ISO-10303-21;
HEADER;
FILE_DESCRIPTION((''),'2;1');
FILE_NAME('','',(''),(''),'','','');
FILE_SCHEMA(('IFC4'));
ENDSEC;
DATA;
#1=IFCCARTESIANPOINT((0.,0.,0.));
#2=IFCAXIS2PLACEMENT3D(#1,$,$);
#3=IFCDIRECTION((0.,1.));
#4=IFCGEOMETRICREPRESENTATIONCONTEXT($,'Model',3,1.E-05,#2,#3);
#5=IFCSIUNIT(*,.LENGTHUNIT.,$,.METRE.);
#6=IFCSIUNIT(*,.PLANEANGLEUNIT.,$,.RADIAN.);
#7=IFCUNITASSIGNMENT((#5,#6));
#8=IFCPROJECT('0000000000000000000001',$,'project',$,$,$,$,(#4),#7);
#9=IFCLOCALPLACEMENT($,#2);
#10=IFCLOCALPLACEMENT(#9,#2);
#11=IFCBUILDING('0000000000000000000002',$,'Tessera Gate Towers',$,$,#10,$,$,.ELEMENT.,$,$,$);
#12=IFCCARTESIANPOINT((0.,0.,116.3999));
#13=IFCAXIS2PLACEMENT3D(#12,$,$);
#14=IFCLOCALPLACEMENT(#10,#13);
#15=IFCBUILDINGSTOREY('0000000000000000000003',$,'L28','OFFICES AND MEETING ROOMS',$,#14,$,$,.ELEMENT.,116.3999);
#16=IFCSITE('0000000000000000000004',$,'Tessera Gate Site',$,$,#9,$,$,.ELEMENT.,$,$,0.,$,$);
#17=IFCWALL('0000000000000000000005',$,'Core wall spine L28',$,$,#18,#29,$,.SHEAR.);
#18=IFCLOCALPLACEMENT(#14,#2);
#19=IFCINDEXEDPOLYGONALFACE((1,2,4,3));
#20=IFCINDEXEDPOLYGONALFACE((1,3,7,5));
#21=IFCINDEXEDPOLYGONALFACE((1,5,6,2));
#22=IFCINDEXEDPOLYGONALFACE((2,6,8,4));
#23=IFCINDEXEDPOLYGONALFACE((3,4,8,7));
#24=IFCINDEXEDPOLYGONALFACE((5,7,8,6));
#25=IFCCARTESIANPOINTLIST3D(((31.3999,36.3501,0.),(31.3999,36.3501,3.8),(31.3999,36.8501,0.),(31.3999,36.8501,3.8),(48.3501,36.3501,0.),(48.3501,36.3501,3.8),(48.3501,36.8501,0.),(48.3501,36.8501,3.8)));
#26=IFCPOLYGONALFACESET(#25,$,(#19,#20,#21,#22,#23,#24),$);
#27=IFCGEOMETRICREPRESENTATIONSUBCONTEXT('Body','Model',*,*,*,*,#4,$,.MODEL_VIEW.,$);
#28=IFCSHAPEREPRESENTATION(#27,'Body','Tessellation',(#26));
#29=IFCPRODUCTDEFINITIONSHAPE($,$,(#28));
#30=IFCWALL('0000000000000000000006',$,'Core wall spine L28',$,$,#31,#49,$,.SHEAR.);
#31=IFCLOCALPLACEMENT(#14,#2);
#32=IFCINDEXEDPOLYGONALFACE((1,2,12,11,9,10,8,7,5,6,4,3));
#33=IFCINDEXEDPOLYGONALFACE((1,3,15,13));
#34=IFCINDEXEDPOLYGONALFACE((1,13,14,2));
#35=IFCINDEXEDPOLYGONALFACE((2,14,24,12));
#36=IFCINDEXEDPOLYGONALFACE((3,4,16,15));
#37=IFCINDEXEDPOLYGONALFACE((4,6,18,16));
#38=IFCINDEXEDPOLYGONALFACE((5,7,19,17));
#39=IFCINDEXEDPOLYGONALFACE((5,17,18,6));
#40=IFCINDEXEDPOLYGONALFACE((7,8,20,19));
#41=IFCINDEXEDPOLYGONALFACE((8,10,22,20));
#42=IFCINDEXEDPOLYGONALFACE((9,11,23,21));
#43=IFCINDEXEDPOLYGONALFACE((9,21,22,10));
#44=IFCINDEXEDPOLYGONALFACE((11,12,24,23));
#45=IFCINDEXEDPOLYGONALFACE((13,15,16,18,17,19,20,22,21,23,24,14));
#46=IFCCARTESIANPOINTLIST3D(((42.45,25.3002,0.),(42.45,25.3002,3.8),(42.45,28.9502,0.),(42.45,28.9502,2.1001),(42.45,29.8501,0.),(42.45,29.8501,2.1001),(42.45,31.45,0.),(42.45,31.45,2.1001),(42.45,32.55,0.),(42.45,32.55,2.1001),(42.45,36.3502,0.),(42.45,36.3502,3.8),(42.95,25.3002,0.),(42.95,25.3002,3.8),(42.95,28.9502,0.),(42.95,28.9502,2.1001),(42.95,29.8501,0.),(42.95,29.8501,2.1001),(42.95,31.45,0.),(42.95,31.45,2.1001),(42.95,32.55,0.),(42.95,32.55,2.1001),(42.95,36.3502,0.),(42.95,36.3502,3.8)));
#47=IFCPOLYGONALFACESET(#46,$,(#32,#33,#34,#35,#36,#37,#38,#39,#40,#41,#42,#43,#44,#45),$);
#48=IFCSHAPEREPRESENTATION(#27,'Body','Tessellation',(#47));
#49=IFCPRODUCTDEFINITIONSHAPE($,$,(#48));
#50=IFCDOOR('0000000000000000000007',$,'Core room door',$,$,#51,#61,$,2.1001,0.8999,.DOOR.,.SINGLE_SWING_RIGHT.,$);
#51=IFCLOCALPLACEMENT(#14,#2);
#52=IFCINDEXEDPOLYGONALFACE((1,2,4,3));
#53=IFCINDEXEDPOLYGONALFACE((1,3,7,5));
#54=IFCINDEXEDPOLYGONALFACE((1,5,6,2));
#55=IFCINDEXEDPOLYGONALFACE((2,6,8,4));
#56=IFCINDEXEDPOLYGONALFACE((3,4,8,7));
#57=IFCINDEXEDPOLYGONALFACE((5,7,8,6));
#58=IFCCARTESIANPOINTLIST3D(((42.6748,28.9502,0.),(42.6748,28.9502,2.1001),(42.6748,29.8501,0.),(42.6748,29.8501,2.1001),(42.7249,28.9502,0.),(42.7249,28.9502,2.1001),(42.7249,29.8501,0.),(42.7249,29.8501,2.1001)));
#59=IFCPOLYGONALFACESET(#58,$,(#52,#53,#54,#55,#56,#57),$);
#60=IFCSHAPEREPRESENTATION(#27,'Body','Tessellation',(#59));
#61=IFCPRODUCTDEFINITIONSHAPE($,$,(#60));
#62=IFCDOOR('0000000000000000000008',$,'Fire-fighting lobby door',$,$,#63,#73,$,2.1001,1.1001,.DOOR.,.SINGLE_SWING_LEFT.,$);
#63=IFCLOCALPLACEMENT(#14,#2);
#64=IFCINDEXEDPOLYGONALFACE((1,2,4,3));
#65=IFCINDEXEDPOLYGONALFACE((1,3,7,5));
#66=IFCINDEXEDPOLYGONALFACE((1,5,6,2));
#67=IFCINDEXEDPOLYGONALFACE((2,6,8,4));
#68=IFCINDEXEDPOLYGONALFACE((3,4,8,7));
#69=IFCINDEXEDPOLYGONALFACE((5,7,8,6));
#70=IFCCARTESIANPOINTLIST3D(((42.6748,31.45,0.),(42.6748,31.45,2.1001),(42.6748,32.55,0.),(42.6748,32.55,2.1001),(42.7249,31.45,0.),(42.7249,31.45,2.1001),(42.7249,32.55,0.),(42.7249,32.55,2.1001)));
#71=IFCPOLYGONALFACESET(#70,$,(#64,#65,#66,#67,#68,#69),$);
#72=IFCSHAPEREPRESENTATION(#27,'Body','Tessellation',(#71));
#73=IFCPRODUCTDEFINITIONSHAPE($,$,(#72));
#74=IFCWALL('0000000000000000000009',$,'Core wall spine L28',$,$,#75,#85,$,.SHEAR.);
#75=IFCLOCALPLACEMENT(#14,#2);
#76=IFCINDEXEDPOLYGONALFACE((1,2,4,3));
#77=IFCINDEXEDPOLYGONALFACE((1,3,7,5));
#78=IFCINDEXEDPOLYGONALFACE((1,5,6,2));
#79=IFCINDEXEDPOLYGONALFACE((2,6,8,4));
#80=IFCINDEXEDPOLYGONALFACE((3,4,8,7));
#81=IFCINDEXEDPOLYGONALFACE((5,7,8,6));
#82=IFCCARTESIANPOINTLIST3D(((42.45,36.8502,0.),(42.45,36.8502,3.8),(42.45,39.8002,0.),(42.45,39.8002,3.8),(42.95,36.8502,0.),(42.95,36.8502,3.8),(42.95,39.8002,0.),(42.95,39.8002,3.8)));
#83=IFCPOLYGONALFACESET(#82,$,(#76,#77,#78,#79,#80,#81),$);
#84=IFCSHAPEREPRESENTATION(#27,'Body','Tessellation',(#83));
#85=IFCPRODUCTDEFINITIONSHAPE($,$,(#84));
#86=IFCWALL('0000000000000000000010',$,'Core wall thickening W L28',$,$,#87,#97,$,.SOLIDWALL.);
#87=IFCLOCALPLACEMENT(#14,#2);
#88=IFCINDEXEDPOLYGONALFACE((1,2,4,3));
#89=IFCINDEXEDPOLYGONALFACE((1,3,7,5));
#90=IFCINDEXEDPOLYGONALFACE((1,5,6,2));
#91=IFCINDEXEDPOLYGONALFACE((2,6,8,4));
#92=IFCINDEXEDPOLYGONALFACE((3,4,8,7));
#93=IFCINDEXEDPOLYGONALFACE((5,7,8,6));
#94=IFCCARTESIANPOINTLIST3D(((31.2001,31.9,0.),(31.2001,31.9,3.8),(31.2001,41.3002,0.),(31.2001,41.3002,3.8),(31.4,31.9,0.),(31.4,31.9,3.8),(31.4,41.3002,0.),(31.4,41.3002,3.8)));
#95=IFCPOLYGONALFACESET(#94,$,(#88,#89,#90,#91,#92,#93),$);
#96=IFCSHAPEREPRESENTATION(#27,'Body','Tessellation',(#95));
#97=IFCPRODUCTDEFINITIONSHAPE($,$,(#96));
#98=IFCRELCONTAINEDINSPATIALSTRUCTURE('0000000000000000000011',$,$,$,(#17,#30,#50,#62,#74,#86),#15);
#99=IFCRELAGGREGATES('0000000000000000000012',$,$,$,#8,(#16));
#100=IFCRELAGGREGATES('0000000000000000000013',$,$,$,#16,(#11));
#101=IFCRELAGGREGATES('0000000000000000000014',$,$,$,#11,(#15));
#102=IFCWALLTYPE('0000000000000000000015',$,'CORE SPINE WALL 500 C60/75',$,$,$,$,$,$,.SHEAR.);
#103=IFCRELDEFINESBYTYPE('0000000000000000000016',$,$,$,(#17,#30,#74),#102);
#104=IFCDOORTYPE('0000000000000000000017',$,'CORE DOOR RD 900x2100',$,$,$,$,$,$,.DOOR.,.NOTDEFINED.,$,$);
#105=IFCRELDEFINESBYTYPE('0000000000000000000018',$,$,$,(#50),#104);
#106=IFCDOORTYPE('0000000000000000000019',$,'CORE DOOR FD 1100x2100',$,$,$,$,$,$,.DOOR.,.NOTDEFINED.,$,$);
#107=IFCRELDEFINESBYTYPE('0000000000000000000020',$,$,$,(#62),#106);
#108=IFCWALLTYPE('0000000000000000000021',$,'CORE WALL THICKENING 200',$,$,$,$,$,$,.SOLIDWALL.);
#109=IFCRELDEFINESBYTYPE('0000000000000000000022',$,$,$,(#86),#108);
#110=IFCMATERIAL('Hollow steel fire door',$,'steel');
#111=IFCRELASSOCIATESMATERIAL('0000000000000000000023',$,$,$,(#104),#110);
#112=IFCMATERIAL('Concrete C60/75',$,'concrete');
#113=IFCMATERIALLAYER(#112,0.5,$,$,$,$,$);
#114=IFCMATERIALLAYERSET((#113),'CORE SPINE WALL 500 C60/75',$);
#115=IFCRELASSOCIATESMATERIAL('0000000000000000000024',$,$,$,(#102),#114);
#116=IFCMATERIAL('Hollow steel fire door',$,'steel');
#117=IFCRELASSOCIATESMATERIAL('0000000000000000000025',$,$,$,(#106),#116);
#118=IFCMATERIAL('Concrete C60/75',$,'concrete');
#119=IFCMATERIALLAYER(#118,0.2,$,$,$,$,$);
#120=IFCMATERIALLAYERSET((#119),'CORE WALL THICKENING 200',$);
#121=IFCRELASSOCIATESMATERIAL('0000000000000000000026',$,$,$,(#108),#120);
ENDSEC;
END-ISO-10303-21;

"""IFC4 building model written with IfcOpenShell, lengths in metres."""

from ifc_helpers import new_model, si_unit, direction, frame, frame_2d, origin, place, context, subcontext, project, spatial, rectangle, extrude, source, transform, mapped, material, layer, layer_set, type_object, element, fill, save


model = new_model("IFC4")

# Units and contexts
model_context = context("Model", 3, precision=1e-05, world=origin(), true_north=direction((0.0, 1.0)))
body_context = subcontext(model_context, "Body", "Model", "MODEL_VIEW")
ifc_project = project(units=[si_unit("LENGTHUNIT", "METRE"), si_unit("PLANEANGLEUNIT", "RADIAN")], contexts=[model_context])

# Site, building, storey
site_placement = place(None, origin())
site = spatial("IfcSite", under=ifc_project, at=site_placement, Name="Tessera Gate Site", CompositionType="ELEMENT", RefElevation=0.0)
building_placement = place(site_placement, origin())
building = spatial("IfcBuilding", under=site, at=building_placement, Name="Tessera Gate Towers", CompositionType="ELEMENT")
storey_placement = place(building_placement, frame((0.0, 0.0, 116.3999)))
storey = spatial("IfcBuildingStorey", under=building, at=storey_placement, Name="L28", Description="OFFICES AND MEETING ROOMS", CompositionType="ELEMENT", Elevation=116.3999)

# Shared definitions
shared_shape_1 = source(origin(), body_context, "Body", "SweptSolid", [
    extrude(rectangle(XDim=1.1001, YDim=2.1001, at=frame_2d((0.55, 1.05))), frame((0.0, 0.0249, 0.0), z_axis=(0.0, -1.0, 0.0), x_axis=(1.0, 0.0, 0.0)), (0.0, 0.0, 1.0), 0.05),
])

# Shared definitions
ifc_material_1 = material(Name="Hollow steel fire door", Category="steel")
door_type_1 = type_object("IfcDoorType", Name="CORE DOOR RD 900x2100", OperationType="NOTDEFINED", PredefinedType="DOOR", material=ifc_material_1)
shared_shape_2 = source(origin(), body_context, "Body", "SweptSolid", [
    extrude(rectangle(XDim=0.8999, YDim=2.1001, at=frame_2d((0.45, 1.05))), frame((0.0, 0.0249, 0.0), z_axis=(0.0, -1.0, 0.0), x_axis=(1.0, 0.0, 0.0)), (0.0, 0.0, 1.0), 0.05),
])

# Wall
ifc_material_2 = material(Name="Concrete C60/75", Category="concrete")
ifc_layer_1 = layer(ifc_material_2, 0.5)
ifc_layer_set_1 = layer_set([ifc_layer_1], Name="CORE SPINE WALL 500 C60/75")
wall_type_1 = type_object("IfcWallType", Name="CORE SPINE WALL 500 C60/75", PredefinedType="SHEAR", material=ifc_layer_set_1)
wall_1_placement = place(storey_placement, frame((31.3999, 36.6001, 0.0), z_axis=(0.0, 0.0, 1.0), x_axis=(1.0, 0.0, 0.0)))
element("IfcWall", 1, at=wall_1_placement, inside=storey, type_object=wall_type_1, Name="Core wall spine L28", PredefinedType="SHEAR", context=body_context, shape_type="SweptSolid", body=[
    extrude(rectangle(XDim=16.9502, YDim=0.5, at=frame_2d((8.4751, 0.0))), origin(), (0.0, 0.0, 1.0), 3.8),
])

# Wall, openings, doors
wall_2_placement = place(storey_placement, frame((42.7, 36.3501, 0.0), z_axis=(0.0, 0.0, 1.0), x_axis=(0.0, -1.0, 0.0)))
wall_2 = element("IfcWall", 2, at=wall_2_placement, inside=storey, type_object=wall_type_1, Name="Core wall spine L28", PredefinedType="SHEAR", context=body_context, shape_type="SweptSolid", body=[
    extrude(rectangle(XDim=11.05, YDim=0.5, at=frame_2d((5.5249, 0.0))), origin(), (0.0, 0.0, 1.0), 3.8),
])
shared_shape_3 = source(origin(), body_context, "Body", "SweptSolid", [
    extrude(rectangle(XDim=0.8999, YDim=2.1001, at=frame_2d((0.45, 1.05))), frame((0.0, 0.26, 0.0), z_axis=(0.0, -1.0, 0.0), x_axis=(1.0, 0.0, 0.0)), (0.0, 0.0, 1.0), 0.52),
])
opening_1_placement = place(wall_2_placement, frame((6.5, 0.0, 0.0)))
opening_1 = element("IfcOpeningElement", 3, at=opening_1_placement, cuts=wall_2, PredefinedType="OPENING", context=body_context, shape_type="MappedRepresentation", body=[
    mapped(shared_shape_3, transform((0.0, 0.0, 0.0), scale=1.0)),
])
shared_shape_4 = source(origin(), body_context, "Body", "SweptSolid", [
    extrude(rectangle(XDim=1.1001, YDim=2.1001, at=frame_2d((0.55, 1.05))), frame((0.0, 0.26, 0.0), z_axis=(0.0, -1.0, 0.0), x_axis=(1.0, 0.0, 0.0)), (0.0, 0.0, 1.0), 0.52),
])
opening_2_placement = place(wall_2_placement, frame((3.8, 0.0, 0.0)))
opening_2 = element("IfcOpeningElement", 4, at=opening_2_placement, cuts=wall_2, PredefinedType="OPENING", context=body_context, shape_type="MappedRepresentation", body=[
    mapped(shared_shape_4, transform((0.0, 0.0, 0.0), scale=1.0)),
])
door_1_placement = place(opening_1_placement, origin())
door_1 = element("IfcDoor", 5, at=door_1_placement, inside=storey, type_object=door_type_1, Name="Core room door", OperationType="SINGLE_SWING_RIGHT", OverallHeight=2.1001, OverallWidth=0.8999, PredefinedType="DOOR", context=body_context, shape_type="MappedRepresentation", body=[
    mapped(shared_shape_2, transform((0.0, 0.0, 0.0), scale=1.0)),
])
fill(opening_1, door_1)
ifc_material_3 = material(Name="Hollow steel fire door", Category="steel")
door_type_2 = type_object("IfcDoorType", Name="CORE DOOR FD 1100x2100", OperationType="NOTDEFINED", PredefinedType="DOOR", material=ifc_material_3)
door_2_placement = place(opening_2_placement, origin())
door_2 = element("IfcDoor", 6, at=door_2_placement, inside=storey, type_object=door_type_2, Name="Fire-fighting lobby door", OperationType="SINGLE_SWING_LEFT", OverallHeight=2.1001, OverallWidth=1.1001, PredefinedType="DOOR", context=body_context, shape_type="MappedRepresentation", body=[
    mapped(shared_shape_1, transform((0.0, 0.0, 0.0), scale=1.0)),
])
fill(opening_2, door_2)

# Walls
wall_3_placement = place(storey_placement, frame((42.7, 36.8501, 0.0), z_axis=(0.0, 0.0, 1.0), x_axis=(0.0, 1.0, 0.0)))
element("IfcWall", 7, at=wall_3_placement, inside=storey, type_object=wall_type_1, Name="Core wall spine L28", PredefinedType="SHEAR", context=body_context, shape_type="SweptSolid", body=[
    extrude(rectangle(XDim=2.95, YDim=0.5, at=frame_2d((1.4751, 0.0))), origin(), (0.0, 0.0, 1.0), 3.8),
])
ifc_material_4 = material(Name="Concrete C60/75", Category="concrete")
ifc_layer_2 = layer(ifc_material_4, 0.2)
ifc_layer_set_2 = layer_set([ifc_layer_2], Name="CORE WALL THICKENING 200")
wall_type_2 = type_object("IfcWallType", Name="CORE WALL THICKENING 200", PredefinedType="SOLIDWALL", material=ifc_layer_set_2)
wall_4_placement = place(storey_placement, frame((31.3, 31.8999, 0.0), z_axis=(0.0, 0.0, 1.0), x_axis=(0.0, 1.0, 0.0)))
element("IfcWall", 8, at=wall_4_placement, inside=storey, type_object=wall_type_2, Name="Core wall thickening W L28", PredefinedType="SOLIDWALL", context=body_context, shape_type="SweptSolid", body=[
    extrude(rectangle(XDim=9.4001, YDim=0.2, at=frame_2d((4.7002, 0.0))), origin(), (0.0, 0.0, 1.0), 3.8),
])

save(model, "model.ifc")
